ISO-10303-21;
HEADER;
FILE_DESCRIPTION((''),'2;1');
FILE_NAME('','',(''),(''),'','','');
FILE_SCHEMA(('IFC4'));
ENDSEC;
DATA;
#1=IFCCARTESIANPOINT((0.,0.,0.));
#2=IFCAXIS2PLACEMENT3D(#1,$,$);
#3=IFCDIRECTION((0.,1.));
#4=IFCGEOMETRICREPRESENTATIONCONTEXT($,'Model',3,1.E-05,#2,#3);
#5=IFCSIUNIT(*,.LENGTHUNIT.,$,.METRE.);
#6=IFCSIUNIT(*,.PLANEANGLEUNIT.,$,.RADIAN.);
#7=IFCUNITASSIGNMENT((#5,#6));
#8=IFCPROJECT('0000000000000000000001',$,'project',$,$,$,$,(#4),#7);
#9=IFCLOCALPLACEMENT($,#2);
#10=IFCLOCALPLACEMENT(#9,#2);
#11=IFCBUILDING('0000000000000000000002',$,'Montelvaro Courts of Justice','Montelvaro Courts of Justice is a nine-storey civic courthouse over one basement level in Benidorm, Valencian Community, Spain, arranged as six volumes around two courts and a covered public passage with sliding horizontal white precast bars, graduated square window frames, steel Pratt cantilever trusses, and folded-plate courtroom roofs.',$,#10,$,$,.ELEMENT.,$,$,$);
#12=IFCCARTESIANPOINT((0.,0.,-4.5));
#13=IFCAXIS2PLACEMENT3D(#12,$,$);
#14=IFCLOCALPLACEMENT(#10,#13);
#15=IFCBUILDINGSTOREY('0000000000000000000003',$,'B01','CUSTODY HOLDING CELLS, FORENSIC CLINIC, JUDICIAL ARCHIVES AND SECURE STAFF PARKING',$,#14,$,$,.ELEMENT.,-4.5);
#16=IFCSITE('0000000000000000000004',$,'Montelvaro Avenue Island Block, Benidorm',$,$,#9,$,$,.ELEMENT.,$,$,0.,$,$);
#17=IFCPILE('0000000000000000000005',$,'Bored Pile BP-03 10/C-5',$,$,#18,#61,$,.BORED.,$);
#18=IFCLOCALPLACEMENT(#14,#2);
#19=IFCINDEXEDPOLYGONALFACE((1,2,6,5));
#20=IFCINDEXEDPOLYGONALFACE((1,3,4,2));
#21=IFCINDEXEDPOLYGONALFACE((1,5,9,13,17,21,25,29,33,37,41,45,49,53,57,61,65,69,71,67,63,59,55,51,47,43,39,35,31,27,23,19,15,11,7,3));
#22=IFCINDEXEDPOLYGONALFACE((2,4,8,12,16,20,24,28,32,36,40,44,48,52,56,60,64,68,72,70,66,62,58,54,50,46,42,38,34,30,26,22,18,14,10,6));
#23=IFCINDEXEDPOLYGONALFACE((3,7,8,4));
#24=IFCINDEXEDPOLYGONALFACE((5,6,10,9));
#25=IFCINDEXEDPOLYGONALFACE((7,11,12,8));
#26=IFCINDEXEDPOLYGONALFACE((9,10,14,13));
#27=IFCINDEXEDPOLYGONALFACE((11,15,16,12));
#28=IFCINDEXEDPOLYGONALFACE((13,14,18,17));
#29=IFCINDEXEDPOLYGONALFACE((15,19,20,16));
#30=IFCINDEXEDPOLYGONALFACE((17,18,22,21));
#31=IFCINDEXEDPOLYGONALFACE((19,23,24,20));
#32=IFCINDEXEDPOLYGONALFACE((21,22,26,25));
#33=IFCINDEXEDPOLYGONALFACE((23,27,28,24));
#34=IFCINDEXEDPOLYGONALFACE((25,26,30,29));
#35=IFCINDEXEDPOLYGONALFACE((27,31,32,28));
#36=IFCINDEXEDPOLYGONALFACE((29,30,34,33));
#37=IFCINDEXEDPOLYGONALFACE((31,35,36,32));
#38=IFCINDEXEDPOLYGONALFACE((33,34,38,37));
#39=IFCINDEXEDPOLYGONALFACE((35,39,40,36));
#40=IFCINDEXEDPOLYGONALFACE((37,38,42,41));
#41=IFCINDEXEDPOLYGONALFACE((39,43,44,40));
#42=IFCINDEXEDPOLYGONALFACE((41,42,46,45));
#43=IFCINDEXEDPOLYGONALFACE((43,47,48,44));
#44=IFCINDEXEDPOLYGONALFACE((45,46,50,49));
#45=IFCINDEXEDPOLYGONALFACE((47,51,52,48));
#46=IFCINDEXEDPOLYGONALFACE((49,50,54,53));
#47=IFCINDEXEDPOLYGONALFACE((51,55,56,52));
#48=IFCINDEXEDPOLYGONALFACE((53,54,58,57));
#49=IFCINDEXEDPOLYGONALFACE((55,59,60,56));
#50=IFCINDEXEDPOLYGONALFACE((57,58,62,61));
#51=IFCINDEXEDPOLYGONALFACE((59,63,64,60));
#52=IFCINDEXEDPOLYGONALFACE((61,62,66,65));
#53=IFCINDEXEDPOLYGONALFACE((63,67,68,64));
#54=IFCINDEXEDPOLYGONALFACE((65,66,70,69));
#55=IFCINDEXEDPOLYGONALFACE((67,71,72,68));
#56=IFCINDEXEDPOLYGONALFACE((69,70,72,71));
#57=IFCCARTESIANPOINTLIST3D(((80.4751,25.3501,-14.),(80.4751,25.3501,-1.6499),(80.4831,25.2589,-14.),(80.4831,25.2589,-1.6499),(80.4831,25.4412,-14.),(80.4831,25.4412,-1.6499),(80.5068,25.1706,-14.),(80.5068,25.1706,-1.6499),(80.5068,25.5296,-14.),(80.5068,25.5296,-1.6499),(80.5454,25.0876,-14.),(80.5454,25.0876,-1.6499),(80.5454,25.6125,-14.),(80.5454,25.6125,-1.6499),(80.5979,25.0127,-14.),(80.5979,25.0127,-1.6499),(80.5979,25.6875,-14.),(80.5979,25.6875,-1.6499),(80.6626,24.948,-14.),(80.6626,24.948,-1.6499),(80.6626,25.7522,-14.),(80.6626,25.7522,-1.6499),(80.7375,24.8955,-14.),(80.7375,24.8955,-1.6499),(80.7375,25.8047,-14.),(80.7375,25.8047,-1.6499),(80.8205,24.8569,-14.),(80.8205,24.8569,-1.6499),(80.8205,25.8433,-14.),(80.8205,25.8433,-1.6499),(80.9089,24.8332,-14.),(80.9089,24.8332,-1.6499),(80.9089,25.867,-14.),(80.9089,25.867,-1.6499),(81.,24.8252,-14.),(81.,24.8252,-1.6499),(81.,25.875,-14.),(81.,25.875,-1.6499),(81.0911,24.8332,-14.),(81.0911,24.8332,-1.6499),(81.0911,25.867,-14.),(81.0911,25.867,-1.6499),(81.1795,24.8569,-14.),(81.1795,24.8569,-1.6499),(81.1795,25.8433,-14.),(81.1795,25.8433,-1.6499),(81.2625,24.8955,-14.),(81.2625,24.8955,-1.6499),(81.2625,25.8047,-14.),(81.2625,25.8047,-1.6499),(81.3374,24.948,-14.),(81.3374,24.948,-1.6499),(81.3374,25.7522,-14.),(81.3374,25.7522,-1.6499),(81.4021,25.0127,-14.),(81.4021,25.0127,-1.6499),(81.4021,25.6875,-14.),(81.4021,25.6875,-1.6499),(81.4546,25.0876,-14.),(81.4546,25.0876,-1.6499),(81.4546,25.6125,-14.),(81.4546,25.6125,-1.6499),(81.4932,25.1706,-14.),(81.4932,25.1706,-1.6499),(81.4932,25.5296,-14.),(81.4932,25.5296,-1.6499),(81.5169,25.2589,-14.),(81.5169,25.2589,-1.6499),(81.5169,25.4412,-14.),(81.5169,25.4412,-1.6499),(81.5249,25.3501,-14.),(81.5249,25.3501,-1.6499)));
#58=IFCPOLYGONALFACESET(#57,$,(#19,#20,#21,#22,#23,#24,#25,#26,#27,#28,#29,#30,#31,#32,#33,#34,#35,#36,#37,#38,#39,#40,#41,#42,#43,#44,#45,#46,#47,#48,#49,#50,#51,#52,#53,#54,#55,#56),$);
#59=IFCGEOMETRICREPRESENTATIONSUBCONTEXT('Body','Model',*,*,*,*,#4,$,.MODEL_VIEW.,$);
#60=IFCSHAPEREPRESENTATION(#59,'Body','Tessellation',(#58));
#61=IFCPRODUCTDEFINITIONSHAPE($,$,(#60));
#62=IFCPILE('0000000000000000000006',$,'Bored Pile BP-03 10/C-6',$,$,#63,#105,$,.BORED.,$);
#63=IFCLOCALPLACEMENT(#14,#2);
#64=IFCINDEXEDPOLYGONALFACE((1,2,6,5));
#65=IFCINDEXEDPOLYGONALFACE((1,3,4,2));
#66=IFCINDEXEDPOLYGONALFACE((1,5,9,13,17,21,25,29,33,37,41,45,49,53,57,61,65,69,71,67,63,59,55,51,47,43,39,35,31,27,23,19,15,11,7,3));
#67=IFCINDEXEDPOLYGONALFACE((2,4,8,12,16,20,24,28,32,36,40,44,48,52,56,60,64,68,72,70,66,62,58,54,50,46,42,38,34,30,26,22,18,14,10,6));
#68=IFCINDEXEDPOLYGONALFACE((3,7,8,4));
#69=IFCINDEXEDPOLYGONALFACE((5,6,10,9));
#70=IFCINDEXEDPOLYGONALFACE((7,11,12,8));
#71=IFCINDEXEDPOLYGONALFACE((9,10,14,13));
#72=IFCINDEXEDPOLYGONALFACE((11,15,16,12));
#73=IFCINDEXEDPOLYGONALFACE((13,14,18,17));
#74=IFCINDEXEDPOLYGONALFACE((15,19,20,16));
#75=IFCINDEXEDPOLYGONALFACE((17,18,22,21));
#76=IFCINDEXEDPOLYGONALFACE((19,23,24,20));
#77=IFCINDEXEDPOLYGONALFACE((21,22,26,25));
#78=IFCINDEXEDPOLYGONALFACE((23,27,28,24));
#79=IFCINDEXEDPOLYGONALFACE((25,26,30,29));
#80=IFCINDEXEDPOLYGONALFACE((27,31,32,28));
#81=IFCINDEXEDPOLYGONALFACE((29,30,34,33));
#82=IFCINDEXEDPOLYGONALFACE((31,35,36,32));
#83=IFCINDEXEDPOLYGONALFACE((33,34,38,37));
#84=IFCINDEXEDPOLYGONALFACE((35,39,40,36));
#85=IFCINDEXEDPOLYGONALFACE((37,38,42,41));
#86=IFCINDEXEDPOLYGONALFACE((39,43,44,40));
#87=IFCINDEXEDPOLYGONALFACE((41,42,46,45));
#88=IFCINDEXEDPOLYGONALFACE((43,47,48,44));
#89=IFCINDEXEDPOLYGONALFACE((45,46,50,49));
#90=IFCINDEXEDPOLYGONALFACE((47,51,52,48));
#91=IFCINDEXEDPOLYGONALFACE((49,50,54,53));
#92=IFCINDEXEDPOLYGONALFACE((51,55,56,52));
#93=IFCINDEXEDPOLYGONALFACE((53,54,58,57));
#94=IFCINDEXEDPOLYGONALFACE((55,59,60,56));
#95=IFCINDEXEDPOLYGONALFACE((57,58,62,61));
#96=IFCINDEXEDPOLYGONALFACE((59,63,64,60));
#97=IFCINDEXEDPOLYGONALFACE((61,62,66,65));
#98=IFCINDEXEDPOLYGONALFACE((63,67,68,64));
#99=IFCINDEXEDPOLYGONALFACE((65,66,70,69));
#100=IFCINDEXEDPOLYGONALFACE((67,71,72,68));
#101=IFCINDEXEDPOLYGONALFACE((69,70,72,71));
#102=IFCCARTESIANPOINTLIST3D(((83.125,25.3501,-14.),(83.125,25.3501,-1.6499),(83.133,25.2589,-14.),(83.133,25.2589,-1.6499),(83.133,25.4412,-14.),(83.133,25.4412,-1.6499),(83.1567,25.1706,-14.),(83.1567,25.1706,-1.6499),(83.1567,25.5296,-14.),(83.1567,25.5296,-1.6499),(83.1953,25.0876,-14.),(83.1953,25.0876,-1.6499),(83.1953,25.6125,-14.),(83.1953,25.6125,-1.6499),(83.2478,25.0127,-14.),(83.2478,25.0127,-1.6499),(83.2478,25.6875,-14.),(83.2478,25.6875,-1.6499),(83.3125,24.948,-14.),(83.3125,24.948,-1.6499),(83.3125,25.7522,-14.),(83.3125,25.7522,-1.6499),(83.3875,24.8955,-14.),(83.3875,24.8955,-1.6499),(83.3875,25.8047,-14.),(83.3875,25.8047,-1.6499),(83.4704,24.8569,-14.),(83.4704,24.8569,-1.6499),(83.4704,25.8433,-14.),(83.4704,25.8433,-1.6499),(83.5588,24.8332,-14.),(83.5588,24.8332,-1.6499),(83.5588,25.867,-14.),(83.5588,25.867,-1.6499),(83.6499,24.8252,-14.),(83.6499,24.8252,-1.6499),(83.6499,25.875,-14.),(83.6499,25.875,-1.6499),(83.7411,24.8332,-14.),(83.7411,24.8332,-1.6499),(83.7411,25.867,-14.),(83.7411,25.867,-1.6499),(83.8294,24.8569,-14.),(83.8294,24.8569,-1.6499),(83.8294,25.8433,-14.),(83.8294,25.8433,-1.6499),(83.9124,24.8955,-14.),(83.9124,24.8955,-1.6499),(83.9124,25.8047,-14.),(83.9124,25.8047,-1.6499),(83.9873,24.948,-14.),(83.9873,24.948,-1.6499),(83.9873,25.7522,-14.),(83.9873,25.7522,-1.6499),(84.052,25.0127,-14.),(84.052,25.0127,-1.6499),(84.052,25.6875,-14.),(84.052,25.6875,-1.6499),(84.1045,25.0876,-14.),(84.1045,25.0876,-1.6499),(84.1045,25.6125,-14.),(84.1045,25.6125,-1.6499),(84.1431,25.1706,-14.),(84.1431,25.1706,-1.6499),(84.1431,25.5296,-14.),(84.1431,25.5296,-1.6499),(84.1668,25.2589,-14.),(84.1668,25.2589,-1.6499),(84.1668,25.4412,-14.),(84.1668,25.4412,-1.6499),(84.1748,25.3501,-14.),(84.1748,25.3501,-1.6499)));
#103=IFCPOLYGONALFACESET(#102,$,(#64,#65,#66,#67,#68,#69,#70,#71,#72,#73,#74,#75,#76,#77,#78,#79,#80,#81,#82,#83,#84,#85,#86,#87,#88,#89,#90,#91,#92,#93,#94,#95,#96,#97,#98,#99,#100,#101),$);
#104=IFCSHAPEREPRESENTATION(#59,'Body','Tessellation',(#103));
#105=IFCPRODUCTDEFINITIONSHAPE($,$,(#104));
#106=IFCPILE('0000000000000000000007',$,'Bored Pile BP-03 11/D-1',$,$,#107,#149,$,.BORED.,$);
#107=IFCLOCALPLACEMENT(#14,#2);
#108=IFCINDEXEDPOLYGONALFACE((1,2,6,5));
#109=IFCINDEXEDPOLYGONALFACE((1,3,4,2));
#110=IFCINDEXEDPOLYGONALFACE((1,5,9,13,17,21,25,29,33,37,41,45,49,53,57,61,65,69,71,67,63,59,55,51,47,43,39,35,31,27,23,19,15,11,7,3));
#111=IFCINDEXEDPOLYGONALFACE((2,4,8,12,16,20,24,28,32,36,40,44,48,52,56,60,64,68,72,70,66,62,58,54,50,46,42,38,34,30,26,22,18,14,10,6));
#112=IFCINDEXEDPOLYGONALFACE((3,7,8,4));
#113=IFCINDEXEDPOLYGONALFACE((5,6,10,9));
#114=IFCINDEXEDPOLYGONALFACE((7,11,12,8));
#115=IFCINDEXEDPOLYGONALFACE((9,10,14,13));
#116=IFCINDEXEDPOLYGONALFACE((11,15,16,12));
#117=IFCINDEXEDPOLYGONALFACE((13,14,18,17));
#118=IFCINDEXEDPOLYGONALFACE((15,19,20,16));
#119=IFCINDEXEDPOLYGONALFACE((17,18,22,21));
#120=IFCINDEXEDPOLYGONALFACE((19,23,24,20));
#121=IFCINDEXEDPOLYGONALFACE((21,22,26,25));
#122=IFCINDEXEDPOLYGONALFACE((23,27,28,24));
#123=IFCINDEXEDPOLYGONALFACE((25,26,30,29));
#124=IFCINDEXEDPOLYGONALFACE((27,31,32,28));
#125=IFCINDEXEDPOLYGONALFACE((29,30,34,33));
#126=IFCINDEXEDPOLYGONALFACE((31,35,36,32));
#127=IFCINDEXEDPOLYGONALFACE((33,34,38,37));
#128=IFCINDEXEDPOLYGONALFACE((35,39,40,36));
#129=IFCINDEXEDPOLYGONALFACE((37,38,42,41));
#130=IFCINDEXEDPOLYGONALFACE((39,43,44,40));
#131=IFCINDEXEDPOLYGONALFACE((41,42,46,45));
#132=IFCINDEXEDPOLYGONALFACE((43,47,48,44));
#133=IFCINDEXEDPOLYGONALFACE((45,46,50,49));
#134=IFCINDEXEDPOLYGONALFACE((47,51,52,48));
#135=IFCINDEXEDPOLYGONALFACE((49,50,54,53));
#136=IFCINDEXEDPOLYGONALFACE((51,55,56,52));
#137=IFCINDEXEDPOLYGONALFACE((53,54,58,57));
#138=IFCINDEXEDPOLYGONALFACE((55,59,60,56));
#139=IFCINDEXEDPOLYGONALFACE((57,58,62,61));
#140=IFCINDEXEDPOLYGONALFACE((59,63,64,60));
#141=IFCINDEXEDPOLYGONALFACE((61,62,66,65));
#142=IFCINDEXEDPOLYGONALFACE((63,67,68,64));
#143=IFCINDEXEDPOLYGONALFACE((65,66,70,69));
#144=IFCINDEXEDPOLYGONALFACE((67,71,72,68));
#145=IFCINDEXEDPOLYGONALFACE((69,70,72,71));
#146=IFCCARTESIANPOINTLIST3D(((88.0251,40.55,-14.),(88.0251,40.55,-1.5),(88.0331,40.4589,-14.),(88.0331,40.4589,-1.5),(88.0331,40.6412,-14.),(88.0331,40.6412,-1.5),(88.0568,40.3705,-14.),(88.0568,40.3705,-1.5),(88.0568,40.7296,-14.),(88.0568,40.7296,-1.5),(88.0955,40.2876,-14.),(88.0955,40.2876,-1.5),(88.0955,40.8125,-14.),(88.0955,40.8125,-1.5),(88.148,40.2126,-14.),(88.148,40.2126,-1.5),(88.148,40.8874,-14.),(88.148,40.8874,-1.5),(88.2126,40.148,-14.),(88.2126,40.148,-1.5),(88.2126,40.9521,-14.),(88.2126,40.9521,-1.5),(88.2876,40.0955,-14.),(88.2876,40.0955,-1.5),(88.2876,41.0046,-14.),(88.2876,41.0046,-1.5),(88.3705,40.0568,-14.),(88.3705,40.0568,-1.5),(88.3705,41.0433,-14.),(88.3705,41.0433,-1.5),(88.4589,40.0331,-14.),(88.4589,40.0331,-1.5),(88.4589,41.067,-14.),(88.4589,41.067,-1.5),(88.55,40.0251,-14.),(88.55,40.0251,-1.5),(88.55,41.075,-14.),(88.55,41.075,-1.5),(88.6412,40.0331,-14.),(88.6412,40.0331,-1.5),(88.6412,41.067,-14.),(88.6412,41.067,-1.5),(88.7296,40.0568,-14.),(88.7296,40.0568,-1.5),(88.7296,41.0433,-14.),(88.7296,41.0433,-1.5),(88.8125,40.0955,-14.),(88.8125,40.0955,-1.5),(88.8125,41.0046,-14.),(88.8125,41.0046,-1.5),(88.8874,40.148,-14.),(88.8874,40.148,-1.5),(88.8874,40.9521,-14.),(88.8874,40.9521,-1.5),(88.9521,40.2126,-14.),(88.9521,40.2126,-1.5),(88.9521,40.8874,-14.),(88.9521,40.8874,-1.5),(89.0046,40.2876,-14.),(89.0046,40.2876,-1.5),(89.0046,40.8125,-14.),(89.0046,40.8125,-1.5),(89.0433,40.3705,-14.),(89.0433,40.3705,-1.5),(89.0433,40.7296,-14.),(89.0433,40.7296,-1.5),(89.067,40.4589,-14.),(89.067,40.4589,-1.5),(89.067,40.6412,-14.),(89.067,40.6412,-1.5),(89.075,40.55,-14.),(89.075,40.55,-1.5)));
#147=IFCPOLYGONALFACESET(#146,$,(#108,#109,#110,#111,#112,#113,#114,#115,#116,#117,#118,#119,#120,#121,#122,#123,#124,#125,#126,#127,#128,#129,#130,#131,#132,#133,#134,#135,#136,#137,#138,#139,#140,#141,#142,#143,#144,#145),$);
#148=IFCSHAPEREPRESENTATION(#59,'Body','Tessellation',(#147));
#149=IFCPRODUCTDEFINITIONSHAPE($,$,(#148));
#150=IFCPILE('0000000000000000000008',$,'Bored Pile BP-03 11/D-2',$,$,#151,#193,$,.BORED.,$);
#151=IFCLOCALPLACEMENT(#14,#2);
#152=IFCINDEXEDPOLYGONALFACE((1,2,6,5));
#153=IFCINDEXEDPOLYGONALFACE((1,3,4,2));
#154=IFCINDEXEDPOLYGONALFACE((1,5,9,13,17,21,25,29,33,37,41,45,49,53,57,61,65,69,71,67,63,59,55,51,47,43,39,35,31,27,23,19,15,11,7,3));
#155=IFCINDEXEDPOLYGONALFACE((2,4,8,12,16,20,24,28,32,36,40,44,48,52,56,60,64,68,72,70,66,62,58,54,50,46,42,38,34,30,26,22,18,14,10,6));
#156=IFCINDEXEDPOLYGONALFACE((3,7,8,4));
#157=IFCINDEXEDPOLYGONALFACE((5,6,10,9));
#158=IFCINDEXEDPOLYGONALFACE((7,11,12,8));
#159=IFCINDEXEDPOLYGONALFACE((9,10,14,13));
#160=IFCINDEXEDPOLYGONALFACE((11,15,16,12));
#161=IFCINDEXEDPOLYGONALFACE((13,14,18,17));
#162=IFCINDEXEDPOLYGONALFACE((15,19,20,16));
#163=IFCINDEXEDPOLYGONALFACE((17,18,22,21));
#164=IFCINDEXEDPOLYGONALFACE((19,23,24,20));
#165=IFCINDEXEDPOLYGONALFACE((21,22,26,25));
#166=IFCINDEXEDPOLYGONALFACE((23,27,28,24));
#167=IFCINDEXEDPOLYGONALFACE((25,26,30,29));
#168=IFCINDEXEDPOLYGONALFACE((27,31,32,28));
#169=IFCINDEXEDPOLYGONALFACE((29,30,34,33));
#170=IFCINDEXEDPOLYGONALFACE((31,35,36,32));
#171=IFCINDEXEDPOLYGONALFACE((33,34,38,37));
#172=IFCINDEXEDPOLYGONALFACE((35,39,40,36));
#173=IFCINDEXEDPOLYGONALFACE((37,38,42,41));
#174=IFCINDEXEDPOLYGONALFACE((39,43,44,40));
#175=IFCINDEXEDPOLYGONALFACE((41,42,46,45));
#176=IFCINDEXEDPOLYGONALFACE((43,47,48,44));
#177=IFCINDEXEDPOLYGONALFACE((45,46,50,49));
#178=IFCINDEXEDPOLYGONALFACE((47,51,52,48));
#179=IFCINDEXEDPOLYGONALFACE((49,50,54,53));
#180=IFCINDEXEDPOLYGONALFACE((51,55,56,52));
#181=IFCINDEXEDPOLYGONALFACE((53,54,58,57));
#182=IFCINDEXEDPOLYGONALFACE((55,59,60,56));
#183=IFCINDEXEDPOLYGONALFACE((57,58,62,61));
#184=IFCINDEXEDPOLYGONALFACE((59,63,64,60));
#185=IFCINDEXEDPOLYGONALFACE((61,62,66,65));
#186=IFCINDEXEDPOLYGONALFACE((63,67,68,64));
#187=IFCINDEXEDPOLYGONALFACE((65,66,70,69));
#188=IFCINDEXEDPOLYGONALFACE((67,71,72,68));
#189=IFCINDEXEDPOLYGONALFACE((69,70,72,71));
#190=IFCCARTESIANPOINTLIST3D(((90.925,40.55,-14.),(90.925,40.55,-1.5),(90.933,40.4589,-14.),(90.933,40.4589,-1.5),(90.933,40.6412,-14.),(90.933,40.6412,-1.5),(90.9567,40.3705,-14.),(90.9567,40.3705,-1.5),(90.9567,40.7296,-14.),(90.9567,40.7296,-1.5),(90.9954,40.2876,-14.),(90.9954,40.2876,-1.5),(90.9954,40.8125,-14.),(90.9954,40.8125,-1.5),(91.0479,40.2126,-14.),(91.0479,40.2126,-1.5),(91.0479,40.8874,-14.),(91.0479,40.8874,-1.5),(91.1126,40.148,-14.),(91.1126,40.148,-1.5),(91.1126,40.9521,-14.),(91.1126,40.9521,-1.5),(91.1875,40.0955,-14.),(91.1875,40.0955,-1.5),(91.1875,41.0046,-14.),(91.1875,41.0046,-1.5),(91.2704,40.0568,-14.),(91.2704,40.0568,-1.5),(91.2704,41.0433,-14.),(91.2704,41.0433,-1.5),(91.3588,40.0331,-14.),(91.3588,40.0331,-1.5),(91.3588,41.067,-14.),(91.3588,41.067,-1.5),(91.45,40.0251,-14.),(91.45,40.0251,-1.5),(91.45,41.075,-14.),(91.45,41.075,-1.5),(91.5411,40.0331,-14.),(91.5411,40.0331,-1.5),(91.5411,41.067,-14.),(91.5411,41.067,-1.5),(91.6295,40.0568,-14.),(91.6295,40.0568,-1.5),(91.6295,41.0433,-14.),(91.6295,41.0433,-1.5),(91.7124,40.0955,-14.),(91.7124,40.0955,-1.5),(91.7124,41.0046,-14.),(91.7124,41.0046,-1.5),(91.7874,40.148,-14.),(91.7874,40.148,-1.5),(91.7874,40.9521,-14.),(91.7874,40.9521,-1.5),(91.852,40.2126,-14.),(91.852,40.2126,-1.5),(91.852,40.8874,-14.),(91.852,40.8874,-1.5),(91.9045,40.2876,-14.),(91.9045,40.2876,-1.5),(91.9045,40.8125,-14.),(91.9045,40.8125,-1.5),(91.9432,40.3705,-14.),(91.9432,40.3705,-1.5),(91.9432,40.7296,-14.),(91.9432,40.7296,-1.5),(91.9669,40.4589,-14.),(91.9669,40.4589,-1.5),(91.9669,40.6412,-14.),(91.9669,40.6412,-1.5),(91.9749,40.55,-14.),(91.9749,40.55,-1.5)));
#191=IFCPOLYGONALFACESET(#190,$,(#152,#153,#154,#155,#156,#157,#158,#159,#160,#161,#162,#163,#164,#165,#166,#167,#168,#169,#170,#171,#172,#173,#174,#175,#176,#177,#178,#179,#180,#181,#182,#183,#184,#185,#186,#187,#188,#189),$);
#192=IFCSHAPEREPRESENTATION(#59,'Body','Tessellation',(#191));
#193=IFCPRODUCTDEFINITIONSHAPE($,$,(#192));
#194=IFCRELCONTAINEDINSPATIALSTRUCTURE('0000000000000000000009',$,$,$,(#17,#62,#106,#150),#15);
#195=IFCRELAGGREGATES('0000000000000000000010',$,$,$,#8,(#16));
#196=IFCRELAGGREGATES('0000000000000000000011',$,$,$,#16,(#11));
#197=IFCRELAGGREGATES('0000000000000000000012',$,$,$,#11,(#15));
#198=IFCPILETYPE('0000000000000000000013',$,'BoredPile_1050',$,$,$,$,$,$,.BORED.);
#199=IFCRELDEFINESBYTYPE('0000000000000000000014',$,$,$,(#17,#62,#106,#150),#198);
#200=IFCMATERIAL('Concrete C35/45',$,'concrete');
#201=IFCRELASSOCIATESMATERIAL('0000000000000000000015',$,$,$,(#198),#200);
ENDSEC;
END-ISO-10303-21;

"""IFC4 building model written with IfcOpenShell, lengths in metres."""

from ifc_helpers import new_model, si_unit, direction, frame, origin, origin_2d, place, context, subcontext, project, spatial, circle, extrude, material, material_profile, profile_set, type_object, element, save


model = new_model("IFC4")

# Units and contexts
model_context = context("Model", 3, precision=1e-05, world=origin(), true_north=direction((0.0, 1.0)))
body_context = subcontext(model_context, "Body", "Model", "MODEL_VIEW")
ifc_project = project(units=[si_unit("LENGTHUNIT", "METRE"), si_unit("PLANEANGLEUNIT", "RADIAN")], contexts=[model_context])

# Site, building, storey
site_placement = place(None, origin())
site = spatial("IfcSite", under=ifc_project, at=site_placement, Name="Montelvaro Avenue Island Block, Benidorm", CompositionType="ELEMENT", RefElevation=0.0)
building_placement = place(site_placement, origin())
building = spatial("IfcBuilding", under=site, at=building_placement, Name="Montelvaro Courts of Justice", Description="Montelvaro Courts of Justice is a nine-storey civic courthouse over one basement level in Benidorm, Valencian Community, Spain, arranged as six volumes around two courts and a covered public passage with sliding horizontal white precast bars, graduated square window frames, steel Pratt cantilever trusses, and folded-plate courtroom roofs.", CompositionType="ELEMENT")
storey_placement = place(building_placement, frame((0.0, 0.0, -4.5)))
storey = spatial("IfcBuildingStorey", under=building, at=storey_placement, Name="B01", Description="CUSTODY HOLDING CELLS, FORENSIC CLINIC, JUDICIAL ARCHIVES AND SECURE STAFF PARKING", CompositionType="ELEMENT", Elevation=-4.5)

# Piles
ifc_material_1 = material(Name="Concrete C35/45", Category="concrete")
ifc_material_profile_1 = material_profile(ifc_material_1, circle(Radius=0.5249, at=origin_2d()), Name="BORED PILE D1050")
ifc_profile_set_1 = profile_set([ifc_material_profile_1], Name="Concrete C35/45")
pile_type_1 = type_object("IfcPileType", Name="BoredPile_1050", PredefinedType="BORED", material=ifc_profile_set_1)
for number, where, z_axis, x_axis, name in (
    (1, (81.0, 25.3501, -1.6499), (0.0, 0.0, -1.0), (1.0, 0.0, 0.0), "Bored Pile BP-03 10/C-5"),
    (2, (83.6499, 25.3501, -1.6499), (0.0, 0.0, -1.0), (1.0, 0.0, 0.0), "Bored Pile BP-03 10/C-6"),
):
    element("IfcPile", number, at=place(storey_placement, frame(where, z_axis=z_axis, x_axis=x_axis)), inside=storey, type_object=pile_type_1, Name=name, PredefinedType="BORED", context=body_context, shape_type="SweptSolid", body=[
        extrude(circle(Radius=0.5249, at=origin_2d()), origin(), (0.0, 0.0, 1.0), 12.3501),
    ])
for number, where, z_axis, x_axis, name in (
    (3, (88.55, 40.55, -1.5), (0.0, 0.0, -1.0), (1.0, 0.0, 0.0), "Bored Pile BP-03 11/D-1"),
    (4, (91.45, 40.55, -1.5), (0.0, 0.0, -1.0), (1.0, 0.0, 0.0), "Bored Pile BP-03 11/D-2"),
):
    element("IfcPile", number, at=place(storey_placement, frame(where, z_axis=z_axis, x_axis=x_axis)), inside=storey, type_object=pile_type_1, Name=name, PredefinedType="BORED", context=body_context, shape_type="SweptSolid", body=[
        extrude(circle(Radius=0.5249, at=origin_2d()), origin(), (0.0, 0.0, 1.0), 12.5),
    ])

save(model, "model.ifc")
